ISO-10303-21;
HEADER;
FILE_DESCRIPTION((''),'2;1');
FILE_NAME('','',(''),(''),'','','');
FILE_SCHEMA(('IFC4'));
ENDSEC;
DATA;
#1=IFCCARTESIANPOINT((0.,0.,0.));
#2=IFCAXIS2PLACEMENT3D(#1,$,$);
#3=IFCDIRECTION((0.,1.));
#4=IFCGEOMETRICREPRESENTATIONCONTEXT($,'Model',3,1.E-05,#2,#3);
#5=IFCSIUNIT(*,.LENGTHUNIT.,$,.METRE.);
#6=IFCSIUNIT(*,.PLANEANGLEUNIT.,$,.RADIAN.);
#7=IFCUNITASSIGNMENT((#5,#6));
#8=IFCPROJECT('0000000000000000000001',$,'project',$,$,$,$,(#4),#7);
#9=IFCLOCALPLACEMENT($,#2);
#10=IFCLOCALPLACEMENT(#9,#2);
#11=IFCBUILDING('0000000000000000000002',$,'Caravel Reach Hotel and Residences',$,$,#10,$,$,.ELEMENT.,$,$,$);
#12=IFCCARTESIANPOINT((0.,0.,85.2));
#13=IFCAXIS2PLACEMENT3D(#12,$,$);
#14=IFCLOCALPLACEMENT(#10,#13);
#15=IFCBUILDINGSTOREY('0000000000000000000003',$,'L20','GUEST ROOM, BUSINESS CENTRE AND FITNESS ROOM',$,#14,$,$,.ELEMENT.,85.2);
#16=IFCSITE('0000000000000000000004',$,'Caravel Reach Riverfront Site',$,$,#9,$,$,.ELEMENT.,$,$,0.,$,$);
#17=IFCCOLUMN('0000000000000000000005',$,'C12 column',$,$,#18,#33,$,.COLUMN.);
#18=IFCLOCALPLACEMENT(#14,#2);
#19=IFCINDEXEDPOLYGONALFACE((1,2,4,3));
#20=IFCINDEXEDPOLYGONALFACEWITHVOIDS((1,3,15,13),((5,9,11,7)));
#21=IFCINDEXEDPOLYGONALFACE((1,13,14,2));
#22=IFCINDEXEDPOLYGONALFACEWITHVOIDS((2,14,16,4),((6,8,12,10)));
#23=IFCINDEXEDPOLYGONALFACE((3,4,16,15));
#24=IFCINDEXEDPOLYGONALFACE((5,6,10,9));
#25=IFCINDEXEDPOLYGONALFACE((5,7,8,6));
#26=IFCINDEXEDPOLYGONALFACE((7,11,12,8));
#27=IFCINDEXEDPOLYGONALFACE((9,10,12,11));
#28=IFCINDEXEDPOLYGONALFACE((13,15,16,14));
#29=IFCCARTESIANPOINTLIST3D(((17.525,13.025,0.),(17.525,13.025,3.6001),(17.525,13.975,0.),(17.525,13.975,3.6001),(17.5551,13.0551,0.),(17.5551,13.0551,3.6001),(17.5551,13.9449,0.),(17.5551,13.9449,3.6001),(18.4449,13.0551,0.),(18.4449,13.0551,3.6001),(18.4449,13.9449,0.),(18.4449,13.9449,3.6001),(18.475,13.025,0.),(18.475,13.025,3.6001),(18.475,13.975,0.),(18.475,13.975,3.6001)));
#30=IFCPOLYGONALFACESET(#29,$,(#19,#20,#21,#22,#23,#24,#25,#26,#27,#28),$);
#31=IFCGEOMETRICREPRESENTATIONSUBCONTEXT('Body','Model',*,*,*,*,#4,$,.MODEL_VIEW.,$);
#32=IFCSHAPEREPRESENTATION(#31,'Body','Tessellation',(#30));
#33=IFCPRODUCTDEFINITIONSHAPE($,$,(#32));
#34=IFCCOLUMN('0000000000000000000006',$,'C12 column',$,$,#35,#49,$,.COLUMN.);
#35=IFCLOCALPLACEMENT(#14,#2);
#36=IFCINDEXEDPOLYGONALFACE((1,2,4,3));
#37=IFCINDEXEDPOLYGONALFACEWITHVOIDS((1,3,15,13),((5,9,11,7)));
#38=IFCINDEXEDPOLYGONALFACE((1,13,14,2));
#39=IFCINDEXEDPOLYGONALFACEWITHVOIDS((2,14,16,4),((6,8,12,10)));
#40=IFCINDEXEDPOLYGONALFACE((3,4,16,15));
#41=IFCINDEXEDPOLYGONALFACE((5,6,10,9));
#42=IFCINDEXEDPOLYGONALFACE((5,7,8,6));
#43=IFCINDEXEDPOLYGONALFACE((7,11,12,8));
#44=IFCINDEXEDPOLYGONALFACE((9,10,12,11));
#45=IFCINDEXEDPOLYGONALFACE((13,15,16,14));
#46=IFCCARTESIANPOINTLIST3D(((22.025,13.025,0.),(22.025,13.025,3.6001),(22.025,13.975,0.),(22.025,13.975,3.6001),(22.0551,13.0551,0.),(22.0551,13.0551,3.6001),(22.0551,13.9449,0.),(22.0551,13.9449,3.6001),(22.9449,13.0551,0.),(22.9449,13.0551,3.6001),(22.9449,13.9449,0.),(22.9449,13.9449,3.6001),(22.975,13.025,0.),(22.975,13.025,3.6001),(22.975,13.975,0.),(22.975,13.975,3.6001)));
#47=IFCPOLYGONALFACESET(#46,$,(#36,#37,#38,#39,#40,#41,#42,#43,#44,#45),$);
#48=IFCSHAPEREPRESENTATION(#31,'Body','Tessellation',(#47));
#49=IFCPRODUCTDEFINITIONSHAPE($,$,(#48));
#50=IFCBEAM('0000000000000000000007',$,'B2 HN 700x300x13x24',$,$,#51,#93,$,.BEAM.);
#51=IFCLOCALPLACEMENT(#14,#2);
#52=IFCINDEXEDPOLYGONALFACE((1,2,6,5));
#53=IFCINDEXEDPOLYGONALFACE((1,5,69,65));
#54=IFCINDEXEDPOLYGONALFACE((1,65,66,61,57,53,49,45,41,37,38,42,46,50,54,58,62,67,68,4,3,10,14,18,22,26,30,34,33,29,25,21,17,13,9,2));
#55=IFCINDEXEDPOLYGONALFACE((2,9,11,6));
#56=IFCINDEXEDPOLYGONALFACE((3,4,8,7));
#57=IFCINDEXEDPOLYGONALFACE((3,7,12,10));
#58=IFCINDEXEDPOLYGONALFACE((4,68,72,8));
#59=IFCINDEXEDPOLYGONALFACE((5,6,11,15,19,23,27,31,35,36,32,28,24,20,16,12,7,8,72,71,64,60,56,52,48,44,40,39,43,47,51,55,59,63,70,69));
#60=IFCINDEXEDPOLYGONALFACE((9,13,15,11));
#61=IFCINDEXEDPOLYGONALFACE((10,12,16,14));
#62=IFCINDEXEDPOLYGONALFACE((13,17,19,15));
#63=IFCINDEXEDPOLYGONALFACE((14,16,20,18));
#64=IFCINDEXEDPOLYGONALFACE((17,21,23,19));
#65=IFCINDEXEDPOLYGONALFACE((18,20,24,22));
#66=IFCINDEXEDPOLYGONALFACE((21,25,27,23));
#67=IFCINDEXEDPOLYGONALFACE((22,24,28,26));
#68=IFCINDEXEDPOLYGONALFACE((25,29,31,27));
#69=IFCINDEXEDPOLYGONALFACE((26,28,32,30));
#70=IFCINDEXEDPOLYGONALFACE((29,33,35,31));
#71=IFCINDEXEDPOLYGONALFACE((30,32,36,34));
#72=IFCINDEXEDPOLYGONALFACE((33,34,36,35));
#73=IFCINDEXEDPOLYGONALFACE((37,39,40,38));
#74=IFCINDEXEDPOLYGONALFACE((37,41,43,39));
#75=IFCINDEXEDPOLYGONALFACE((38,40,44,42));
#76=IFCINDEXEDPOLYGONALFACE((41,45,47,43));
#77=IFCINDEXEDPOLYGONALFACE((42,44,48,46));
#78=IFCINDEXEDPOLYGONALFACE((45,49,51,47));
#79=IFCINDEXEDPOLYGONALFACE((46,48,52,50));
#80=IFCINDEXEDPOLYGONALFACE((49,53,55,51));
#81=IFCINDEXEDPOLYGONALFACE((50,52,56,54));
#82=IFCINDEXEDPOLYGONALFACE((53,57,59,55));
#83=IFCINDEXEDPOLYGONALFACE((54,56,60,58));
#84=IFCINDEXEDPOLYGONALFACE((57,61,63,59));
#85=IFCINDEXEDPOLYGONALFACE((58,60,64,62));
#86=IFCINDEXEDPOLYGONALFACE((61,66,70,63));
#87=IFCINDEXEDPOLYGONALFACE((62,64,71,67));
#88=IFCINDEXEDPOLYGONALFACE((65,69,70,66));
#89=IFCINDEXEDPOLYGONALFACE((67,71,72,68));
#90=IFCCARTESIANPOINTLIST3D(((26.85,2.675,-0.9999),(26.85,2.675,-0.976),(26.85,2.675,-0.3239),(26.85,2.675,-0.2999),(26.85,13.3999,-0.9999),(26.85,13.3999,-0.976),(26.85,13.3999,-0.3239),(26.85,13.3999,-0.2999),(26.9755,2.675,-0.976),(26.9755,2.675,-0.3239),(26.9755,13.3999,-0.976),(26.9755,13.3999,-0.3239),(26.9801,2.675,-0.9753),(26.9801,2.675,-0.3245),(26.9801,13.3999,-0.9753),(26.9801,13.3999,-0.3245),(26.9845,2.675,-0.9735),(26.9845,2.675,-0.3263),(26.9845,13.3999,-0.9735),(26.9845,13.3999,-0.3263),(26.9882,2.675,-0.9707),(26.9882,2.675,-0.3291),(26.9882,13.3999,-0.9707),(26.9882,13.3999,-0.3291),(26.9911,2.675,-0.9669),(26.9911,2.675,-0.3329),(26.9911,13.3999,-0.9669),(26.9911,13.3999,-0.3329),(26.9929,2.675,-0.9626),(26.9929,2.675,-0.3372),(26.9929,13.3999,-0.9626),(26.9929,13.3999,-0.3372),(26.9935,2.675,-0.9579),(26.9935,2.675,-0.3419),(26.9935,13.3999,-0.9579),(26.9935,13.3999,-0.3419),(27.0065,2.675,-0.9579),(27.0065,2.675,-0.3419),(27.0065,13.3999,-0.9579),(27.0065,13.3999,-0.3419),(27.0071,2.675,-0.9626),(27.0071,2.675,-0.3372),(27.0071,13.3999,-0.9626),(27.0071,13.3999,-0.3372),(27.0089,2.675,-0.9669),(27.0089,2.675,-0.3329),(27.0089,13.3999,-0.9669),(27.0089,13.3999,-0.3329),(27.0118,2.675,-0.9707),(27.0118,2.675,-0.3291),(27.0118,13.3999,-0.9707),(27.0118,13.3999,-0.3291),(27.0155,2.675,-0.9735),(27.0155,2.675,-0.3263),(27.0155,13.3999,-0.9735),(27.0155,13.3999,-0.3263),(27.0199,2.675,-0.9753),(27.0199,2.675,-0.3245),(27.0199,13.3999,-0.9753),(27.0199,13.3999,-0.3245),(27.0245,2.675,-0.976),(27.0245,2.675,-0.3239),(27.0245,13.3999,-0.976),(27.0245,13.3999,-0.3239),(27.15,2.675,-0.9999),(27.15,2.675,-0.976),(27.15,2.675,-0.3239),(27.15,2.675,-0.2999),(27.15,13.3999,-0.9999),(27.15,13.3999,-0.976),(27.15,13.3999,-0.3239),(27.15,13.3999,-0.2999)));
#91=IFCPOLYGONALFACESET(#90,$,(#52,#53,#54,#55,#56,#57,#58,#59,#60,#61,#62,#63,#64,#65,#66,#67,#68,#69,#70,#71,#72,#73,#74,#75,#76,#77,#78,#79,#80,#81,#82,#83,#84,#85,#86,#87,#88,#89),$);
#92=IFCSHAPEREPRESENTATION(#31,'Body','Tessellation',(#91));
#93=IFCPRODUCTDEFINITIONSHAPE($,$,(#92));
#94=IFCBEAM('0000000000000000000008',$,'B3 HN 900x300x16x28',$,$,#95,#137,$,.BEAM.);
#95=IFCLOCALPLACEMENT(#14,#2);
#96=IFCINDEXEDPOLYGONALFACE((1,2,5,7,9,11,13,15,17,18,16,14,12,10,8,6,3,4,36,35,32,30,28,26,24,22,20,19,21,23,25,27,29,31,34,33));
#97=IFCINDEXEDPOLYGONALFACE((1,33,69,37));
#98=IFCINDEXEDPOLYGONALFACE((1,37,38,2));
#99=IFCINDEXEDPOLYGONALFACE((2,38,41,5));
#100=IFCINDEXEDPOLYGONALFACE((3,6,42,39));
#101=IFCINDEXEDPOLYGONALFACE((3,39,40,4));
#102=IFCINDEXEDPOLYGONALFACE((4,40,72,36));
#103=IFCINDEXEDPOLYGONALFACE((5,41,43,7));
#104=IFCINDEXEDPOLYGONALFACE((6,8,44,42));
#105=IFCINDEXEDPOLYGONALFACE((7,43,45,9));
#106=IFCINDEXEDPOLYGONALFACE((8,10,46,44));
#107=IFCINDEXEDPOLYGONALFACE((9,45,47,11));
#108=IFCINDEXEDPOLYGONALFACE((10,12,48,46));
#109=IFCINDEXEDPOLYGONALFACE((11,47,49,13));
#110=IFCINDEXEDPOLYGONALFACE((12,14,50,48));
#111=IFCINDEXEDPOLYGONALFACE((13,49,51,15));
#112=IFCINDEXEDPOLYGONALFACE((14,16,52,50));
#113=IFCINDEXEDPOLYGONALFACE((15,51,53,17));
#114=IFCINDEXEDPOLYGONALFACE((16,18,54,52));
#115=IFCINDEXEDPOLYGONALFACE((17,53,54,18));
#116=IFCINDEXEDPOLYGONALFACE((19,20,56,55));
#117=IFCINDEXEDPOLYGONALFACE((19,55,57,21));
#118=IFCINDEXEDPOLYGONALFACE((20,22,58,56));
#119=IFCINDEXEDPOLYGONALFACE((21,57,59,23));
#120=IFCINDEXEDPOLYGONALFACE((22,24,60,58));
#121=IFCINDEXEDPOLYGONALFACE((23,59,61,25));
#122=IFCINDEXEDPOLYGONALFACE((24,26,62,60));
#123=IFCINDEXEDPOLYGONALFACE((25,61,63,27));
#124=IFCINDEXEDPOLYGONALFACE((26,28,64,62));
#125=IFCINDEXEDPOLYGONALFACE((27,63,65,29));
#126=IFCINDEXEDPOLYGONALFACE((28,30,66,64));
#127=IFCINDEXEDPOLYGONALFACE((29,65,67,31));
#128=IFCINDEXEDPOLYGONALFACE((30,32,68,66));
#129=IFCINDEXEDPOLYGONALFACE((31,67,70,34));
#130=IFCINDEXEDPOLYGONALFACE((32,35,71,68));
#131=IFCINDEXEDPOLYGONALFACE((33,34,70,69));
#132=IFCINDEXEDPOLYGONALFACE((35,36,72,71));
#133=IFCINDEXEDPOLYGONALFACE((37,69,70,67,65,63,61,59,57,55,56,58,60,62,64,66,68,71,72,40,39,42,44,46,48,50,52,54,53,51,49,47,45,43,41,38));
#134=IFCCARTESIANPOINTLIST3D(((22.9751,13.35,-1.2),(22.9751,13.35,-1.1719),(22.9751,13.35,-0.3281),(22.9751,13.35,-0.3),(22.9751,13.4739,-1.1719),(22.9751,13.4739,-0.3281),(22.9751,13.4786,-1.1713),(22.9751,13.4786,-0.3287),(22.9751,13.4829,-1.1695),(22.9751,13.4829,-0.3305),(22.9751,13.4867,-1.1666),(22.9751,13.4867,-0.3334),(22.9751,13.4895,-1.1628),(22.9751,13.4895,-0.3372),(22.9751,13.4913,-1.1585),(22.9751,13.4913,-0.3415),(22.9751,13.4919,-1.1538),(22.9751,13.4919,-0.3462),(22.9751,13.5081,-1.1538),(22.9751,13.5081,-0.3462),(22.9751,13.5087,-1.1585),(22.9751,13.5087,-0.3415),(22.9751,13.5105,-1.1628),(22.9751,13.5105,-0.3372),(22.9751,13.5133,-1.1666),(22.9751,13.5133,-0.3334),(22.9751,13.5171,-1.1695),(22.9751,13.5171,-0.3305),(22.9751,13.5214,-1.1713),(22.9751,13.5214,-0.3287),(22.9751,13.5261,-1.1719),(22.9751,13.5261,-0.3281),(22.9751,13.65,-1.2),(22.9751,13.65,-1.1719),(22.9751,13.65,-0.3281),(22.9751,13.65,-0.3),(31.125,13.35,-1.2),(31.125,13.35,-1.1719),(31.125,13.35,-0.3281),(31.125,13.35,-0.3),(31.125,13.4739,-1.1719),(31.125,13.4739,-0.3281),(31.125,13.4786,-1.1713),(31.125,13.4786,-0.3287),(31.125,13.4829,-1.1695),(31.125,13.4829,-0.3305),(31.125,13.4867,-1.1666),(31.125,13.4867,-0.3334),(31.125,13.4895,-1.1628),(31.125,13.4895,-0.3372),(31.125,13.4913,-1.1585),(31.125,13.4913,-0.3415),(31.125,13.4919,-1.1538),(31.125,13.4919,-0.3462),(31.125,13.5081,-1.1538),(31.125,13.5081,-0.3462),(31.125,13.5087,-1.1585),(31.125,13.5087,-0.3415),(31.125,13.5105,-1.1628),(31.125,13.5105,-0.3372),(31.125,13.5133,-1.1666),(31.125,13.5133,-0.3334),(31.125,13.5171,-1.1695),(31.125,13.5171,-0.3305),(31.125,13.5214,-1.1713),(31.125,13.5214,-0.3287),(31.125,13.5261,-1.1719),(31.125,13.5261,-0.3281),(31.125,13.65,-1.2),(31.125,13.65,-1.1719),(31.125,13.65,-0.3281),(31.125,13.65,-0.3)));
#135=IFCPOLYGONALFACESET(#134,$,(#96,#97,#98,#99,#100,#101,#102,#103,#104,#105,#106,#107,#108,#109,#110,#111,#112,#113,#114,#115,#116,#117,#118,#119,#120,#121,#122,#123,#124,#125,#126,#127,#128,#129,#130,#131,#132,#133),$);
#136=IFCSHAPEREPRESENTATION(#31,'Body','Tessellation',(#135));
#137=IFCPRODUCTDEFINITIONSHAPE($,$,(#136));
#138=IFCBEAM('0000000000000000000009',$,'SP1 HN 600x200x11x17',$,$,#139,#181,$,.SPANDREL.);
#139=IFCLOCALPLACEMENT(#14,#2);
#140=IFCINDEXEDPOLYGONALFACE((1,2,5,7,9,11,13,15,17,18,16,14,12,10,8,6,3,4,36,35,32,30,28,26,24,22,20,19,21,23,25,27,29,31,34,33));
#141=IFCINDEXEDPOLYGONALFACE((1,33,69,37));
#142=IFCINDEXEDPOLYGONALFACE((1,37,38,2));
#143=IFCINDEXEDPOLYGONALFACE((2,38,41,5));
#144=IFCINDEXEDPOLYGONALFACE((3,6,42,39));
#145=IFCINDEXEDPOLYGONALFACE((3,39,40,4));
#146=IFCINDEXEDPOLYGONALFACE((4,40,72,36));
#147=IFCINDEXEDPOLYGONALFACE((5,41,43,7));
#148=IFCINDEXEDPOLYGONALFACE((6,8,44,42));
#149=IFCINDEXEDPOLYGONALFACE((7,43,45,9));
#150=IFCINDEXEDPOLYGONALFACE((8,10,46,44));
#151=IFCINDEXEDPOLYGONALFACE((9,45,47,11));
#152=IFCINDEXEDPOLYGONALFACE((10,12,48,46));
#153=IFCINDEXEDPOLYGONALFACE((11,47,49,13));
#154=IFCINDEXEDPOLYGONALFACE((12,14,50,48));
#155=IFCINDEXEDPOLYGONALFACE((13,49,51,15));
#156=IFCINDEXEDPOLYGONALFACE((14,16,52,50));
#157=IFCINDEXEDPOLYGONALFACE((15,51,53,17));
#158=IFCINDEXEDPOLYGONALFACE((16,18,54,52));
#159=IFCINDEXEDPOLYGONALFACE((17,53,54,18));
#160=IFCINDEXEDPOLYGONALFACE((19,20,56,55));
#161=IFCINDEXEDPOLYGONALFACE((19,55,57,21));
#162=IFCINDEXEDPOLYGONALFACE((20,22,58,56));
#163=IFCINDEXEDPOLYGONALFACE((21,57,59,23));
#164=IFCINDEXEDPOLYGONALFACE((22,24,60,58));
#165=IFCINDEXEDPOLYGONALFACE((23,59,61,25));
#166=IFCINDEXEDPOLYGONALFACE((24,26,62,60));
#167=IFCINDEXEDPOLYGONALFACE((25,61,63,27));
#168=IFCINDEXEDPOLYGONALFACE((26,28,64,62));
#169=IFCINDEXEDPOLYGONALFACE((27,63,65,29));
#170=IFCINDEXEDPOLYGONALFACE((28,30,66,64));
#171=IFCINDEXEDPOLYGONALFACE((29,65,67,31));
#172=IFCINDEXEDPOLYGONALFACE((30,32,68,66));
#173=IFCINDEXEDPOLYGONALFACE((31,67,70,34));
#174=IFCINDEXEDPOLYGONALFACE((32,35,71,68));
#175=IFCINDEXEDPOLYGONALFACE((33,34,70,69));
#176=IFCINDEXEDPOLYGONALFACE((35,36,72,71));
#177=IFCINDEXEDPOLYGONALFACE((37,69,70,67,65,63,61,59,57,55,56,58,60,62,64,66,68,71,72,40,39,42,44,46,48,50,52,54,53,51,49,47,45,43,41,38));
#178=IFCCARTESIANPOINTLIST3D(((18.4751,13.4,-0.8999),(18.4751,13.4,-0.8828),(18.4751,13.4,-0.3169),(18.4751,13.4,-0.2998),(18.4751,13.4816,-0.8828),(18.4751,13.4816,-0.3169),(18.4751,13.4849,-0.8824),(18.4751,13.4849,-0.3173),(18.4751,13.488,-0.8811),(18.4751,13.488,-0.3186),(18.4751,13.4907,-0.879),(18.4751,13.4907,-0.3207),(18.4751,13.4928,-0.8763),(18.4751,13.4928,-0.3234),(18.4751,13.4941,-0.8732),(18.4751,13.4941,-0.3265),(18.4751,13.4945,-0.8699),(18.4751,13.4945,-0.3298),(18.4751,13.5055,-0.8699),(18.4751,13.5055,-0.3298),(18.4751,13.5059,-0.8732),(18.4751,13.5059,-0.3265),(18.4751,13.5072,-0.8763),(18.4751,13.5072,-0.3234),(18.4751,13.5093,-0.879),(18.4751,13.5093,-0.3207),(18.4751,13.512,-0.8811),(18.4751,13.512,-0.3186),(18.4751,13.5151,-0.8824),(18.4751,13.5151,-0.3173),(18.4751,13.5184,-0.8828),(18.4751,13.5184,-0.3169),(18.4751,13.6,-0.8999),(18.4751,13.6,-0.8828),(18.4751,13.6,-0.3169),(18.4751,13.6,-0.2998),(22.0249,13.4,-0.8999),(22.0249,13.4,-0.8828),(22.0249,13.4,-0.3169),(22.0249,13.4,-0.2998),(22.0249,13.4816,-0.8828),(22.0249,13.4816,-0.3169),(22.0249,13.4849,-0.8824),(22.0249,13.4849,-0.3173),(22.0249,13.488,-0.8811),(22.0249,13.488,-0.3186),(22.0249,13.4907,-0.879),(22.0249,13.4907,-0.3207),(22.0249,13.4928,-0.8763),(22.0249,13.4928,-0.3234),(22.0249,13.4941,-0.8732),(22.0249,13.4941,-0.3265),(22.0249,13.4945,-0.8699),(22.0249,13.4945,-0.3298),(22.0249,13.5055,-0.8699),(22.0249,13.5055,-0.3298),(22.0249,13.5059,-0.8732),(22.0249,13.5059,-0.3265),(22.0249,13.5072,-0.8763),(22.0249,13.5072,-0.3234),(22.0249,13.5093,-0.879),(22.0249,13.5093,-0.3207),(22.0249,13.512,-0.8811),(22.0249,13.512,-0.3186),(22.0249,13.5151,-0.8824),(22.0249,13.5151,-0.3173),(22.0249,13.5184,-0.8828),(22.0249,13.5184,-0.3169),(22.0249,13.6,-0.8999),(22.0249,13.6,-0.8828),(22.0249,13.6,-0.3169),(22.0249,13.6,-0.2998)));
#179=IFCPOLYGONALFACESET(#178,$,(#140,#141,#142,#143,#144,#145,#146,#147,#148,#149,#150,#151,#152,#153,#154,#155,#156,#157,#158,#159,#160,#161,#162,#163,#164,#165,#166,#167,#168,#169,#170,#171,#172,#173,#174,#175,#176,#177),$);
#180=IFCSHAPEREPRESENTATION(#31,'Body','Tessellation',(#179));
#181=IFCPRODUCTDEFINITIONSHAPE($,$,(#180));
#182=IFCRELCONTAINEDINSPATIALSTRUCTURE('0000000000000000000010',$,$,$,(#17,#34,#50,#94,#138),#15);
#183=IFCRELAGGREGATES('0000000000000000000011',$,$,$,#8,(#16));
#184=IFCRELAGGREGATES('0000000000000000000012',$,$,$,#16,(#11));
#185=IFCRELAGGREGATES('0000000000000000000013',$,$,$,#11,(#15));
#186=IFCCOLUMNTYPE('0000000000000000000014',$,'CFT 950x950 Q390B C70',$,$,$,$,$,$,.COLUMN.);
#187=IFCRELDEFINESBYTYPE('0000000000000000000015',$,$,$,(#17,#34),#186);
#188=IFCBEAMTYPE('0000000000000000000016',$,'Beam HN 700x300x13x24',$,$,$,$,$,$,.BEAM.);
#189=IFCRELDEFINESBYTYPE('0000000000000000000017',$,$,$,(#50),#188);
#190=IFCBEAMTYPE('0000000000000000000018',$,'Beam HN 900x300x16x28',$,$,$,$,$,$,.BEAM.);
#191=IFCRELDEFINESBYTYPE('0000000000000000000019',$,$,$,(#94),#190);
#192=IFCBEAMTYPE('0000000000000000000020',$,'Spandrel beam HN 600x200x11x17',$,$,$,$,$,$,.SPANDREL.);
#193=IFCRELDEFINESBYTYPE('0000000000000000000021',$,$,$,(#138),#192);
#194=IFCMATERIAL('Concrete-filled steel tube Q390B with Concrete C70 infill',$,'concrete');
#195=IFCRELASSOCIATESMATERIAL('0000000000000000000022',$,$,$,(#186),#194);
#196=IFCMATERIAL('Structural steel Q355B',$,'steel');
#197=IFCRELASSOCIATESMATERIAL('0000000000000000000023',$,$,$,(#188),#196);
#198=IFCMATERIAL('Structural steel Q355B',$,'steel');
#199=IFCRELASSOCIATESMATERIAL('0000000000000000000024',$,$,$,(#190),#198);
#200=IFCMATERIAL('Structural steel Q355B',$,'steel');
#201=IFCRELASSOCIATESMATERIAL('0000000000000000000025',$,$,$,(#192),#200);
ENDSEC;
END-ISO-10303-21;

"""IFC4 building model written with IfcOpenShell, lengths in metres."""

from ifc_helpers import new_model, si_unit, direction, frame, origin, origin_2d, place, context, subcontext, project, spatial, hollow_rectangle, i_section, extrude, material, material_profile, profile_set, type_object, element, save


model = new_model("IFC4")

# Units and contexts
model_context = context("Model", 3, precision=1e-05, world=origin(), true_north=direction((0.0, 1.0)))
body_context = subcontext(model_context, "Body", "Model", "MODEL_VIEW")
ifc_project = project(units=[si_unit("LENGTHUNIT", "METRE"), si_unit("PLANEANGLEUNIT", "RADIAN")], contexts=[model_context])

# Site, building, storey
site_placement = place(None, origin())
site = spatial("IfcSite", under=ifc_project, at=site_placement, Name="Caravel Reach Riverfront Site", CompositionType="ELEMENT", RefElevation=0.0)
building_placement = place(site_placement, origin())
building = spatial("IfcBuilding", under=site, at=building_placement, Name="Caravel Reach Hotel and Residences", CompositionType="ELEMENT")
storey_placement = place(building_placement, frame((0.0, 0.0, 85.2)))
storey = spatial("IfcBuildingStorey", under=building, at=storey_placement, Name="L20", Description="GUEST ROOM, BUSINESS CENTRE AND FITNESS ROOM", CompositionType="ELEMENT", Elevation=85.2)

# Columns
ifc_material_1 = material(Name="Concrete-filled steel tube Q390B with Concrete C70 infill", Category="concrete")
ifc_material_profile_1 = material_profile(ifc_material_1, hollow_rectangle(XDim=0.95, YDim=0.95, WallThickness=0.03, at=origin_2d()), Name="RHS 950x950x30")
ifc_profile_set_1 = profile_set([ifc_material_profile_1], Name="Concrete-filled steel tube Q390B with Concrete C70 infill")
column_type = type_object("IfcColumnType", Name="CFT 950x950 Q390B C70", PredefinedType="COLUMN", material=ifc_profile_set_1)
for number, where, z_axis, x_axis, name in (
    (1, (18.0, 13.5, 0.0), (0.0, 0.0, 1.0), (1.0, 0.0, 0.0), "C12 column"),
    (2, (22.5, 13.5, 0.0), (0.0, 0.0, 1.0), (1.0, 0.0, 0.0), "C12 column"),
):
    element("IfcColumn", number, at=place(storey_placement, frame(where, z_axis=z_axis, x_axis=x_axis)), inside=storey, type_object=column_type, Name=name, PredefinedType="COLUMN", context=body_context, shape_type="SweptSolid", body=[
        extrude(hollow_rectangle(XDim=0.95, YDim=0.95, WallThickness=0.03, at=origin_2d()), origin(), (0.0, 0.0, 1.0), 3.6001),
    ])

# Beams
ifc_material_2 = material(Name="Structural steel Q355B", Category="steel")
ifc_material_profile_2 = material_profile(ifc_material_2, i_section(OverallWidth=0.3, OverallDepth=0.7, WebThickness=0.0129, FlangeThickness=0.0239, FilletRadius=0.0181, at=origin_2d()), Name="HN 700x300x13x24")
ifc_profile_set_2 = profile_set([ifc_material_profile_2], Name="Structural steel Q355B")
beam_type_1 = type_object("IfcBeamType", Name="Beam HN 700x300x13x24", PredefinedType="BEAM", material=ifc_profile_set_2)
beam_1_placement = place(storey_placement, frame((27.0, 13.3999, -0.6499), z_axis=(0.0, -1.0, 0.0), x_axis=(1.0, 0.0, 0.0)))
element("IfcBeam", 3, at=beam_1_placement, inside=storey, type_object=beam_type_1, Name="B2 HN 700x300x13x24", PredefinedType="BEAM", context=body_context, shape_type="SweptSolid", body=[
    extrude(i_section(OverallWidth=0.3, OverallDepth=0.7, WebThickness=0.0129, FlangeThickness=0.0239, FilletRadius=0.0181, at=origin_2d()), origin(), (0.0, 0.0, 1.0), 10.7249),
])
ifc_material_3 = material(Name="Structural steel Q355B", Category="steel")
ifc_material_profile_3 = material_profile(ifc_material_3, i_section(OverallWidth=0.3, OverallDepth=0.8999, WebThickness=0.0161, FlangeThickness=0.0281, FilletRadius=0.0181, at=origin_2d()), Name="HN 900x300x16x28")
ifc_profile_set_3 = profile_set([ifc_material_profile_3], Name="Structural steel Q355B")
beam_type_2 = type_object("IfcBeamType", Name="Beam HN 900x300x16x28", PredefinedType="BEAM", material=ifc_profile_set_3)
beam_2_placement = place(storey_placement, frame((22.9751, 13.5, -0.75), z_axis=(1.0, 0.0, 0.0), x_axis=(0.0, 1.0, 0.0)))
element("IfcBeam", 4, at=beam_2_placement, inside=storey, type_object=beam_type_2, Name="B3 HN 900x300x16x28", PredefinedType="BEAM", context=body_context, shape_type="SweptSolid", body=[
    extrude(i_section(OverallWidth=0.3, OverallDepth=0.8999, WebThickness=0.0161, FlangeThickness=0.0281, FilletRadius=0.0181, at=origin_2d()), origin(), (0.0, 0.0, 1.0), 8.1499),
])
ifc_material_4 = material(Name="Structural steel Q355B", Category="steel")
ifc_material_profile_4 = material_profile(ifc_material_4, i_section(OverallWidth=0.2, OverallDepth=0.6001, WebThickness=0.011, FlangeThickness=0.0171, FilletRadius=0.0129, at=origin_2d()), Name="HN 600x200x11x17")
ifc_profile_set_4 = profile_set([ifc_material_profile_4], Name="Structural steel Q355B")
beam_type_3 = type_object("IfcBeamType", Name="Spandrel beam HN 600x200x11x17", PredefinedType="SPANDREL", material=ifc_profile_set_4)
beam_3_placement = place(storey_placement, frame((18.4751, 13.5, -0.5999), z_axis=(1.0, 0.0, 0.0), x_axis=(0.0, 1.0, 0.0)))
element("IfcBeam", 5, at=beam_3_placement, inside=storey, type_object=beam_type_3, Name="SP1 HN 600x200x11x17", PredefinedType="SPANDREL", context=body_context, shape_type="SweptSolid", body=[
    extrude(i_section(OverallWidth=0.2, OverallDepth=0.6001, WebThickness=0.011, FlangeThickness=0.0171, FilletRadius=0.0129, at=origin_2d()), origin(), (0.0, 0.0, 1.0), 3.5498),
])

save(model, "model.ifc")
